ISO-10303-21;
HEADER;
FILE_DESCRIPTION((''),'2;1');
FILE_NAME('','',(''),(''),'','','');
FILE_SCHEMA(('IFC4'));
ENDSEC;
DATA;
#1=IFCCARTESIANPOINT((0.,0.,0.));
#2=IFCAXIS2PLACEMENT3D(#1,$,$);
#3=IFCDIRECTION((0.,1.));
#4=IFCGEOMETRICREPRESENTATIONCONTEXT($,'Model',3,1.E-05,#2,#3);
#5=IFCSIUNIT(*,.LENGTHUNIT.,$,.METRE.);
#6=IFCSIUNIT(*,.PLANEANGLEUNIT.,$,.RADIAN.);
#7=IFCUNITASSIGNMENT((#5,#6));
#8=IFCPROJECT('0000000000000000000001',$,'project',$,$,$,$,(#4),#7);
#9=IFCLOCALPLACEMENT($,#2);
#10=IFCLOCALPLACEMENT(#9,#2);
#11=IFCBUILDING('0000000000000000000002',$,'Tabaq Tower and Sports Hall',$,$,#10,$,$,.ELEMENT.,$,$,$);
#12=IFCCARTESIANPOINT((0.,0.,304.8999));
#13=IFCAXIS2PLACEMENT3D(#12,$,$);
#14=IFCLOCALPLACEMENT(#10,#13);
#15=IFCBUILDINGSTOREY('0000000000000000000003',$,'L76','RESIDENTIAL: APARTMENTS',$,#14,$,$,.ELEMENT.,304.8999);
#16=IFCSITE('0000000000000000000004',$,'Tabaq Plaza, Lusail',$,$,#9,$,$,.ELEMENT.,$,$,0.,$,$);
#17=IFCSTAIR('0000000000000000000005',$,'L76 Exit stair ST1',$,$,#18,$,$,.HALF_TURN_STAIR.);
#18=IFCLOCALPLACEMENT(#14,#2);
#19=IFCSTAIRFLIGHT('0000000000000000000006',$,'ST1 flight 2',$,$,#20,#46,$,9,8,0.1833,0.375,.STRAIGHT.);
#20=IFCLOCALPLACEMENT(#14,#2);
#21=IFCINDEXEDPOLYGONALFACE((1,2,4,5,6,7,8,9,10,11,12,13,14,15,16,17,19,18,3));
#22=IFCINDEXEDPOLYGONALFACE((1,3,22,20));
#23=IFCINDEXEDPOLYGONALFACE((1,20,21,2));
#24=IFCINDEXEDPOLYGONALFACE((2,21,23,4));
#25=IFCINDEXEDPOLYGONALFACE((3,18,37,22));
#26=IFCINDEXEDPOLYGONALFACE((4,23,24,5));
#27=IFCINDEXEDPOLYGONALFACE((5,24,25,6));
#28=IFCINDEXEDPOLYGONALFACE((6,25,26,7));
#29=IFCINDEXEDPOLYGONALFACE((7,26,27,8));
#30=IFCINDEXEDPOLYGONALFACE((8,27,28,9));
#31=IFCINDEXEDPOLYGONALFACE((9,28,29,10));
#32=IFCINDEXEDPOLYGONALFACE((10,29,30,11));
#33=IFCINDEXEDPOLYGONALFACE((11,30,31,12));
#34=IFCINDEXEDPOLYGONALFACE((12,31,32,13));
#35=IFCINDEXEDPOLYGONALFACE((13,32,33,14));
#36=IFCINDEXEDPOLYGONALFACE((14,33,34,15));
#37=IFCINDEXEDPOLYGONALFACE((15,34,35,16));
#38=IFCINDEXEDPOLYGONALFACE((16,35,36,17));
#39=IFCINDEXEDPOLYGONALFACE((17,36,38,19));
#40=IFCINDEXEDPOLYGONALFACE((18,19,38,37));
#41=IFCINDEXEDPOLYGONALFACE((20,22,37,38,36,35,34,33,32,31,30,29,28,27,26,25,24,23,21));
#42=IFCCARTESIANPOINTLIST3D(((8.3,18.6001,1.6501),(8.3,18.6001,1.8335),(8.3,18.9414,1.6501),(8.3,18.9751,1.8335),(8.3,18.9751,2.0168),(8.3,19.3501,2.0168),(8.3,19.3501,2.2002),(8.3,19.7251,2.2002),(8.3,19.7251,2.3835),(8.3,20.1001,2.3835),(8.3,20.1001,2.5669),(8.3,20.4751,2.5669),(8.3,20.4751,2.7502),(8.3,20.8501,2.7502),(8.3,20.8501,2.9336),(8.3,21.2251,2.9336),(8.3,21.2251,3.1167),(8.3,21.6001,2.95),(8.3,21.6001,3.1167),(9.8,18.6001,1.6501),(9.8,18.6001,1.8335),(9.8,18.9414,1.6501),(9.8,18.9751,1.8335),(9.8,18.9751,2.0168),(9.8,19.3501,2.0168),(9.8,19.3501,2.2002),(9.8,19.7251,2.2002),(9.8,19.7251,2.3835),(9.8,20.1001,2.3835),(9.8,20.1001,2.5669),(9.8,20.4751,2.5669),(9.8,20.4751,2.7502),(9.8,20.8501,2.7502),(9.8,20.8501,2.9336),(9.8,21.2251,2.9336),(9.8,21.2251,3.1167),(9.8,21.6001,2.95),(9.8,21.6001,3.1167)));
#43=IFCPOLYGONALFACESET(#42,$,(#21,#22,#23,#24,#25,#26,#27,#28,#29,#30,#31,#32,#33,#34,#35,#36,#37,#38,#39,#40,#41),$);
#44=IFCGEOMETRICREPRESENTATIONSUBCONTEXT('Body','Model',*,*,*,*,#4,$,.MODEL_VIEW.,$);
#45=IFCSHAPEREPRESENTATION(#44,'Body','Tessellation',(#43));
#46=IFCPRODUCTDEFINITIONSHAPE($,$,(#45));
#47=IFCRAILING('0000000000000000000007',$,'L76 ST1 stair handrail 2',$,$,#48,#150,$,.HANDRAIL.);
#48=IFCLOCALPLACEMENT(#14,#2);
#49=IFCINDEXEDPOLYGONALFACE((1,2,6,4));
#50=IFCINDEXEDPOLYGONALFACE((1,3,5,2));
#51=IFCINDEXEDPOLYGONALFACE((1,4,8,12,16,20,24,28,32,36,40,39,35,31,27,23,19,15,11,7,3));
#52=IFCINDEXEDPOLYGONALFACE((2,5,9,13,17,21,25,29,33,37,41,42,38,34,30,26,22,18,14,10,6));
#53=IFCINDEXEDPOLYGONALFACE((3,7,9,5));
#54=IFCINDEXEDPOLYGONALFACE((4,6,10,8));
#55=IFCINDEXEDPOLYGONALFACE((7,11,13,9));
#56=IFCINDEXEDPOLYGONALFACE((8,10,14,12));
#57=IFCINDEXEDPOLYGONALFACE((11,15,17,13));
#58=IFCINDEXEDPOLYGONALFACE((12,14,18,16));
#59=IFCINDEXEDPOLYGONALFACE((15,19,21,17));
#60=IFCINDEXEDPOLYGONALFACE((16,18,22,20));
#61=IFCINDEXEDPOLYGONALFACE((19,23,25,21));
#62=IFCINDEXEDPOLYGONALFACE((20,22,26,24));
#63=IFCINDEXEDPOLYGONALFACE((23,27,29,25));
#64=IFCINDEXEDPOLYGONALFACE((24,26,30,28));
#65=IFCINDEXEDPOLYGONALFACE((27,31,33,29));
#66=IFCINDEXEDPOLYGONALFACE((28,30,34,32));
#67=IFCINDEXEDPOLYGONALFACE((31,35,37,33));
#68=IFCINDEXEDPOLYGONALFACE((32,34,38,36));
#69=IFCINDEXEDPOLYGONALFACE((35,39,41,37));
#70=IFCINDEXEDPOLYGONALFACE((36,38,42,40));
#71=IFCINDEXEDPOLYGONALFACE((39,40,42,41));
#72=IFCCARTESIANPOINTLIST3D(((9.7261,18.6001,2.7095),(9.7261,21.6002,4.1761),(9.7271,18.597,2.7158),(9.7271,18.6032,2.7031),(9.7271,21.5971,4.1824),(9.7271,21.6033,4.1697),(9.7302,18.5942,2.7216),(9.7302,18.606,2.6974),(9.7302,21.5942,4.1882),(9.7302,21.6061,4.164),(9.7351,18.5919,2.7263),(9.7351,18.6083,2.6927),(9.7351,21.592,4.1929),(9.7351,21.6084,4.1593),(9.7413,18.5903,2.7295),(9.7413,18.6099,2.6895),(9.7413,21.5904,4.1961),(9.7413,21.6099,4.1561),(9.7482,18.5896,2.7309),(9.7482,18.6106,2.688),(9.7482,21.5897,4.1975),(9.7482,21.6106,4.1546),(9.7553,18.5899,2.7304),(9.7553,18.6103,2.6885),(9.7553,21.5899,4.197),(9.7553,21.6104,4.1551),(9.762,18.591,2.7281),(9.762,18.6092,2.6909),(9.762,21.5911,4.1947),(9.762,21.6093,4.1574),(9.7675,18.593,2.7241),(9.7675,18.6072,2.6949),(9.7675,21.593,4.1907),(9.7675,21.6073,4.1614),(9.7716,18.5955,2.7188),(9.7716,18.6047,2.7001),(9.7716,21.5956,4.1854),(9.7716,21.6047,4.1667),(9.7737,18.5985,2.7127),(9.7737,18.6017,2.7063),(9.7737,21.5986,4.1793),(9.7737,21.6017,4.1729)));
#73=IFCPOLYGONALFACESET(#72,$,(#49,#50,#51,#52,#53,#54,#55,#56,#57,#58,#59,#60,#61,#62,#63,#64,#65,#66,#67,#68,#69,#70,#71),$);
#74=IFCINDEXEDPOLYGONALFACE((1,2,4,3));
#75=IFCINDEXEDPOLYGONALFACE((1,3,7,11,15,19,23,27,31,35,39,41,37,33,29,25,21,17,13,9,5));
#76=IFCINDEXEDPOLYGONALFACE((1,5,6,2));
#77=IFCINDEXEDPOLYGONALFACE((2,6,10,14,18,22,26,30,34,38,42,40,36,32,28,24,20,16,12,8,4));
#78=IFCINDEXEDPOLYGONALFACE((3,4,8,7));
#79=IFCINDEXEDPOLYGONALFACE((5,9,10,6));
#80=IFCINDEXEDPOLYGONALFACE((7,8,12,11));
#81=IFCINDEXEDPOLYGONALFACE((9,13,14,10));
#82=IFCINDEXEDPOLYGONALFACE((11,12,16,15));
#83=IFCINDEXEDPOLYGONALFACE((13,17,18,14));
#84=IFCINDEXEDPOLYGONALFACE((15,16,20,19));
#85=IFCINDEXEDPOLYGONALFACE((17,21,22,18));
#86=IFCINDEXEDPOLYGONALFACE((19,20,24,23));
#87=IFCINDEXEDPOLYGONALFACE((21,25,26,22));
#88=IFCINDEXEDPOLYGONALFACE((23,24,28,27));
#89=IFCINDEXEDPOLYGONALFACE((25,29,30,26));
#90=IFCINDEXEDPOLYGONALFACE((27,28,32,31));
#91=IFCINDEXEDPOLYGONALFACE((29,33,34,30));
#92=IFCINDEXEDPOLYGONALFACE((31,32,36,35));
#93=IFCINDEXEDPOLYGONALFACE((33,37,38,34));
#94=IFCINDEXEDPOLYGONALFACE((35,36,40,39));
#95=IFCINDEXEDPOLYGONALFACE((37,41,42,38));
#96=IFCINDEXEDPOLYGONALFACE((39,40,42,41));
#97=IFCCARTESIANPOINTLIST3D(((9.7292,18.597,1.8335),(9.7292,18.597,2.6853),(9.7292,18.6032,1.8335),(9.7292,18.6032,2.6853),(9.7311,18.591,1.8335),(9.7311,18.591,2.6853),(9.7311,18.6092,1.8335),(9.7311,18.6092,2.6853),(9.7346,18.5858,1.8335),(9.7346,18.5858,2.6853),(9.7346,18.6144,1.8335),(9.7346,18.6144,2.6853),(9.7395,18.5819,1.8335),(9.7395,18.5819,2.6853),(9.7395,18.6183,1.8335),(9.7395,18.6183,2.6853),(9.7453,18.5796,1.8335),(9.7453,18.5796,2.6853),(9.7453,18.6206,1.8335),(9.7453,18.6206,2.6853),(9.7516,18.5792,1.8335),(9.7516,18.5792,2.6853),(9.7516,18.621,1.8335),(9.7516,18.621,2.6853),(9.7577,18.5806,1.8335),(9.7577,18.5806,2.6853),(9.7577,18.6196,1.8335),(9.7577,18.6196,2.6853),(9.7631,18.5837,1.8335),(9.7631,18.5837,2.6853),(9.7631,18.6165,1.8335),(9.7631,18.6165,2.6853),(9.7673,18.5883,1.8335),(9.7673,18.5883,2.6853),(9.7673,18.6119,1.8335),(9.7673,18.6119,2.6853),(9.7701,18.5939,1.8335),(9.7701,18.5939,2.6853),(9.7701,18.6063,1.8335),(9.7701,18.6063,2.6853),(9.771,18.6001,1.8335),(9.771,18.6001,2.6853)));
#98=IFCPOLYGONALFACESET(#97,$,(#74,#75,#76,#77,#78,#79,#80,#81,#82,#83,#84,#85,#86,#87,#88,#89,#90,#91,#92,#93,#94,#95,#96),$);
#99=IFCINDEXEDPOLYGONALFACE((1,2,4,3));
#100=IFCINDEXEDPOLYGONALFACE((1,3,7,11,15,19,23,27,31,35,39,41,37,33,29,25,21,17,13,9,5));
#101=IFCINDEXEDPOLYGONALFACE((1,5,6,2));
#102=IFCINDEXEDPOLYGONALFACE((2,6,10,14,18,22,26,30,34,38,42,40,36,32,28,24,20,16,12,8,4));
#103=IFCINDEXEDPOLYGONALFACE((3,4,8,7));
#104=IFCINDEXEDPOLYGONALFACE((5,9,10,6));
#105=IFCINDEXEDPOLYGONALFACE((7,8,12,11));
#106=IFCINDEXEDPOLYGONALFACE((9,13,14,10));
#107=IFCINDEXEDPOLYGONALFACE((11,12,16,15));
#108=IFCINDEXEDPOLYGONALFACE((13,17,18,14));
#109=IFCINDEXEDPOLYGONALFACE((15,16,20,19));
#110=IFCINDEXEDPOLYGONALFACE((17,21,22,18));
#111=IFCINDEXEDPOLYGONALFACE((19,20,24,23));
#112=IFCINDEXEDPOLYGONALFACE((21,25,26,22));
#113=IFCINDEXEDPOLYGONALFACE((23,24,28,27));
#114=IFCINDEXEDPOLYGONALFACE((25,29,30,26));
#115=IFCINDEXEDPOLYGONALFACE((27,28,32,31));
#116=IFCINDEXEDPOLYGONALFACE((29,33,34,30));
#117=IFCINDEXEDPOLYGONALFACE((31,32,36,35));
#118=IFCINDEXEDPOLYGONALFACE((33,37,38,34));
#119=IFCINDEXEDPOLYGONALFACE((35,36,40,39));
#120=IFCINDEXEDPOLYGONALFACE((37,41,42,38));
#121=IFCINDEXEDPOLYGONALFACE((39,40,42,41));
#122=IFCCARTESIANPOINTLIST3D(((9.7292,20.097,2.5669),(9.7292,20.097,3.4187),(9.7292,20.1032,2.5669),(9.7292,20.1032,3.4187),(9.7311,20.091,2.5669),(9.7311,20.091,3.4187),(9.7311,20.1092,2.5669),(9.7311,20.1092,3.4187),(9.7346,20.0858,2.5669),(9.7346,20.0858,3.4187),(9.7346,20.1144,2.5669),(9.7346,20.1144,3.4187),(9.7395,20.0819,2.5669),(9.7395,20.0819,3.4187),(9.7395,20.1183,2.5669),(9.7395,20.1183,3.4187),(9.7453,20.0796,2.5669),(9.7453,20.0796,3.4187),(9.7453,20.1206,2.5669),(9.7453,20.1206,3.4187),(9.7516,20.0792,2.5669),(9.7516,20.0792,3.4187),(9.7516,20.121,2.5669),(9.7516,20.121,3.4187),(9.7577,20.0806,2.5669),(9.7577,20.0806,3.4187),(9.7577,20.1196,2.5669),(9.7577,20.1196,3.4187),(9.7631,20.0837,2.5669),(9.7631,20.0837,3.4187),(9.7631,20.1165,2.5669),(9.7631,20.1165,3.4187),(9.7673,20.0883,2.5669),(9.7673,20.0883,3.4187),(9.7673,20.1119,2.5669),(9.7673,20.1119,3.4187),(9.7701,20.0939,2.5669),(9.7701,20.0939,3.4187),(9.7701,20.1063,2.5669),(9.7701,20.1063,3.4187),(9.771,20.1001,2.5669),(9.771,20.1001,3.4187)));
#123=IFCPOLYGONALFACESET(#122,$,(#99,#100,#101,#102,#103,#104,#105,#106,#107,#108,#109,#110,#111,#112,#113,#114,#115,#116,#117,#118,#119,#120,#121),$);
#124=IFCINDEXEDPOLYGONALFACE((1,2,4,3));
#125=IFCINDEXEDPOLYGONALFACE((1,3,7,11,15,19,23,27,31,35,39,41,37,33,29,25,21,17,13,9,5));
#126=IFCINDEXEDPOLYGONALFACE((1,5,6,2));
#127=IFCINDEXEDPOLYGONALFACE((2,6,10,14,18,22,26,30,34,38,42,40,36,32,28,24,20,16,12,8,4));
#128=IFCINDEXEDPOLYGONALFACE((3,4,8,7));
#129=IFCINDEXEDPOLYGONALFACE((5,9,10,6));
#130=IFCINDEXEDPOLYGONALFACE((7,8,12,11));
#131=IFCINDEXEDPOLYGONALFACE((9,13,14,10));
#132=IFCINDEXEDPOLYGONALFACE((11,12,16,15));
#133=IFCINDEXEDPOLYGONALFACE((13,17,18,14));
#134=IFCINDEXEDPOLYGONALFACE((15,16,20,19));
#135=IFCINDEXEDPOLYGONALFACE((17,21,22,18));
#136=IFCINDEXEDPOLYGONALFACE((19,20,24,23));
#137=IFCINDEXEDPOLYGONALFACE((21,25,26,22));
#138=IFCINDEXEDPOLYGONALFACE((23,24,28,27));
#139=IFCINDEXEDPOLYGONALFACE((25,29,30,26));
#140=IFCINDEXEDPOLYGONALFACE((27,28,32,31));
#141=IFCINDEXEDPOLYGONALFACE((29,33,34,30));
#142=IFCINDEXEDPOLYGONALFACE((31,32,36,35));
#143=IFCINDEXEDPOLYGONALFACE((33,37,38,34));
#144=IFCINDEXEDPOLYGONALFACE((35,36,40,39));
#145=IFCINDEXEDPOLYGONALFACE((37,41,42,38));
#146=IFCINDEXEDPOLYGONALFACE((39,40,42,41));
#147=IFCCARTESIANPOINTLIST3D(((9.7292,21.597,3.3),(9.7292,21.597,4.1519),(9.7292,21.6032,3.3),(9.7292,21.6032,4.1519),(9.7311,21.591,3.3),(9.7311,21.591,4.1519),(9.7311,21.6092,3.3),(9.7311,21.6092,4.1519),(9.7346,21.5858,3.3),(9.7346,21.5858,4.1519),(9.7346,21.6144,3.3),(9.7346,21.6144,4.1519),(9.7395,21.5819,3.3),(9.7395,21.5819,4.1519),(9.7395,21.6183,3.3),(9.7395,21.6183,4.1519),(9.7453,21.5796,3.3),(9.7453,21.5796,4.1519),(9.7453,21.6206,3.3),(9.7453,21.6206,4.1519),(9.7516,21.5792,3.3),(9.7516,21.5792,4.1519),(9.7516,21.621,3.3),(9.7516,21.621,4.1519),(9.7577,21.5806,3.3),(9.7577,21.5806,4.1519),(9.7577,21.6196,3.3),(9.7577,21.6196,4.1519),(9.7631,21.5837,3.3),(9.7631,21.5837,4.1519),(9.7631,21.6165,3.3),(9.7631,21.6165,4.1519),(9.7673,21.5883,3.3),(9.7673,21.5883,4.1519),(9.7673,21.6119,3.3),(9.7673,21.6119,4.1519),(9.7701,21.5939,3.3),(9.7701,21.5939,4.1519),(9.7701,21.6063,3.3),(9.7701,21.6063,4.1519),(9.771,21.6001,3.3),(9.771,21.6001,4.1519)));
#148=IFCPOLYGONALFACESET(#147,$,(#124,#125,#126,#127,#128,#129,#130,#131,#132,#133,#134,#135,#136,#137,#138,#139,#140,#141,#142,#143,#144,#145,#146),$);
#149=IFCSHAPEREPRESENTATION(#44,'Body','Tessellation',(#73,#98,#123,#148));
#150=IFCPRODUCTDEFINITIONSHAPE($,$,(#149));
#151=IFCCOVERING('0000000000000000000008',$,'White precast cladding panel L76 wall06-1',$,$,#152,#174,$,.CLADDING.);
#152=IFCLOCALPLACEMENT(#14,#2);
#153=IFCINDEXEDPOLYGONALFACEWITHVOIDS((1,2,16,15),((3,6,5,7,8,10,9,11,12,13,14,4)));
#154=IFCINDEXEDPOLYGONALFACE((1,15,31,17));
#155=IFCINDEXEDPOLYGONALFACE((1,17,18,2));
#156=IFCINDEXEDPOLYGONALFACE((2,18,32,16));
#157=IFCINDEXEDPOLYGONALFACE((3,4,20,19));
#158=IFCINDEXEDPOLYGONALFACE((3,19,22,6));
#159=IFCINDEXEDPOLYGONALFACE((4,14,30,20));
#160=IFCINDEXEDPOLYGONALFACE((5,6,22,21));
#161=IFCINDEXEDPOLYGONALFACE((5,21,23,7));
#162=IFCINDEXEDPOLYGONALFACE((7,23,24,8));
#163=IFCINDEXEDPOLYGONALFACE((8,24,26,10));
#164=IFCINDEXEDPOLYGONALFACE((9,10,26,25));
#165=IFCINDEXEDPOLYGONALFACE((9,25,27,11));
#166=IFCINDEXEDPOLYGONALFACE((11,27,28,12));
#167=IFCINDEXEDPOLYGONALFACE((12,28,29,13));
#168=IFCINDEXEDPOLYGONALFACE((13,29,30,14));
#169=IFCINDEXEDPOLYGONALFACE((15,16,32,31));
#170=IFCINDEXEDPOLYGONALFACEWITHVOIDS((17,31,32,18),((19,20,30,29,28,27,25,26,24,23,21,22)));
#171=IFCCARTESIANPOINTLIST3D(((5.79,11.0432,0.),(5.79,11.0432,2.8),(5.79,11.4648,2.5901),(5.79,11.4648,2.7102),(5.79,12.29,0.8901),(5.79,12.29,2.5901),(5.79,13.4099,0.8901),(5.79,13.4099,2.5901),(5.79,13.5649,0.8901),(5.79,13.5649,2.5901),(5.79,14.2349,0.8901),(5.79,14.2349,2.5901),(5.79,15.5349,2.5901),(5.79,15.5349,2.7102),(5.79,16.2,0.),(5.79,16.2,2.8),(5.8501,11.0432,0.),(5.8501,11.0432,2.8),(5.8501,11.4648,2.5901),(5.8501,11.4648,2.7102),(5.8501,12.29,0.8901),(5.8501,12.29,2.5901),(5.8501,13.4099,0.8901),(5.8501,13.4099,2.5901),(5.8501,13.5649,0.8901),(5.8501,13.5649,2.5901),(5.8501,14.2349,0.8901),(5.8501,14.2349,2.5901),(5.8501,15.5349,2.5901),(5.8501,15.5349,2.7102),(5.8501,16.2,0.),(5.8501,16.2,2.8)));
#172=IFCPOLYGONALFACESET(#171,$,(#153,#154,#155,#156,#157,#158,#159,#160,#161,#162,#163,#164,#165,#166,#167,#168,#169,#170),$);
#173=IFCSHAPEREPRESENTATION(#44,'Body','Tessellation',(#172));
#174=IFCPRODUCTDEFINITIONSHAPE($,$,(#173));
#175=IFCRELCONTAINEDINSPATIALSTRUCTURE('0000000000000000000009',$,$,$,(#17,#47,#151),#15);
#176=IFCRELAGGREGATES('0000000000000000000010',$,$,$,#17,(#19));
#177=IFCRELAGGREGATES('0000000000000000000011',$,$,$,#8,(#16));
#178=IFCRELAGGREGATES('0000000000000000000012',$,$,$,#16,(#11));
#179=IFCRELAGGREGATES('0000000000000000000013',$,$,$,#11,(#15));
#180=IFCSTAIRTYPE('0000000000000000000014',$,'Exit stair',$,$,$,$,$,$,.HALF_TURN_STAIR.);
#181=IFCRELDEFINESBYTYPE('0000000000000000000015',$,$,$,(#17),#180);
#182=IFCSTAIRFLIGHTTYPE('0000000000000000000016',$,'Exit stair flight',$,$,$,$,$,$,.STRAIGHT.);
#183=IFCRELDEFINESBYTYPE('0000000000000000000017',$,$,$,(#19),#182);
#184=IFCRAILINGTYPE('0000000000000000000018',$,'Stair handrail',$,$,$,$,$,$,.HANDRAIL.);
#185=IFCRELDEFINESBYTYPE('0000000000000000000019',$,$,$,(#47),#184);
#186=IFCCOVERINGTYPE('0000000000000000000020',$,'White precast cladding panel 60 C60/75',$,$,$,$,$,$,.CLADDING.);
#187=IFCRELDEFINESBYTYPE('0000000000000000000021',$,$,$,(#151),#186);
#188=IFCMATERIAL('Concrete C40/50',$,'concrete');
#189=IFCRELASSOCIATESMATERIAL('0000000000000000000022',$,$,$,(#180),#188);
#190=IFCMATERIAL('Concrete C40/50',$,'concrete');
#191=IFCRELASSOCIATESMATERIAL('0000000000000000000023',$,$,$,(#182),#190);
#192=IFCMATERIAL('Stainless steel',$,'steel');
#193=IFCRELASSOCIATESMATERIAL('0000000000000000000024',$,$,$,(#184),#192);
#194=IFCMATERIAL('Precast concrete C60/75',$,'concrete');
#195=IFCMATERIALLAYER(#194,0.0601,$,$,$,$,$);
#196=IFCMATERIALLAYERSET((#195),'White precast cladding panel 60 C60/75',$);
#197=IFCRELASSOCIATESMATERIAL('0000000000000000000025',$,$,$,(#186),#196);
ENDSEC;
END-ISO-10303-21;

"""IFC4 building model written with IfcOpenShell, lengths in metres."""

from ifc_helpers import new_model, si_unit, direction, frame, origin, origin_2d, place, context, subcontext, project, spatial, polyline, circle, outline, extrude, material, layer, layer_set, type_object, element, aggregate, save


model = new_model("IFC4")

# Units and contexts
model_context = context("Model", 3, precision=1e-05, world=origin(), true_north=direction((0.0, 1.0)))
body_context = subcontext(model_context, "Body", "Model", "MODEL_VIEW")
ifc_project = project(units=[si_unit("LENGTHUNIT", "METRE"), si_unit("PLANEANGLEUNIT", "RADIAN")], contexts=[model_context])

# Site, building, storey
site_placement = place(None, origin())
site = spatial("IfcSite", under=ifc_project, at=site_placement, Name="Tabaq Plaza, Lusail", CompositionType="ELEMENT", RefElevation=0.0)
building_placement = place(site_placement, origin())
building = spatial("IfcBuilding", under=site, at=building_placement, Name="Tabaq Tower and Sports Hall", CompositionType="ELEMENT")
storey_placement = place(building_placement, frame((0.0, 0.0, 304.8999)))
storey = spatial("IfcBuildingStorey", under=building, at=storey_placement, Name="L76", Description="RESIDENTIAL: APARTMENTS", CompositionType="ELEMENT", Elevation=304.8999)

# Stair, stair flight
ifc_material_1 = material(Name="Concrete C40/50", Category="concrete")
stair_type = type_object("IfcStairType", Name="Exit stair", PredefinedType="HALF_TURN_STAIR", material=ifc_material_1)
stair_placement = place(storey_placement, origin())
stair = element("IfcStair", 1, at=stair_placement, inside=storey, type_object=stair_type, Name="L76 Exit stair ST1", PredefinedType="HALF_TURN_STAIR")
ifc_material_2 = material(Name="Concrete C40/50", Category="concrete")
stair_flight_type = type_object("IfcStairFlightType", Name="Exit stair flight", PredefinedType="STRAIGHT", material=ifc_material_2)
stair_flight_placement = place(storey_placement, frame((9.05, 18.6001, 1.6501), z_axis=(0.0, 0.0, 1.0), x_axis=(0.0, 1.0, 0.0)))
stair_flight = element("IfcStairFlight", 2, at=stair_flight_placement, type_object=stair_flight_type, Name="ST1 flight 2", NumberOfRisers=9, NumberOfTreads=8, PredefinedType="STRAIGHT", RiserHeight=0.1833, TreadLength=0.375, context=body_context, shape_type="SweptSolid", body=[
    extrude(outline(polyline([(0.0, 0.0), (0.0, 0.1833), (0.375, 0.1833), (0.375, 0.3667), (0.75, 0.3667), (0.75, 0.55), (1.125, 0.55), (1.125, 0.7334), (1.5, 0.7334), (1.5, 0.9167), (1.875, 0.9167), (1.875, 1.1001), (2.25, 1.1001), (2.25, 1.2834), (2.625, 1.2834), (2.625, 1.4666), (3.0, 1.4666), (3.0, 1.6499), (3.0, 1.2998), (0.3413, 0.0), (0.0, 0.0)])), frame((0.0, 0.75, 0.0), z_axis=(0.0, -1.0, 0.0), x_axis=(1.0, 0.0, 0.0)), (0.0, 0.0, 1.0), 1.5),
])
aggregate(stair, [stair_flight])

# Railing
ifc_material_3 = material(Name="Stainless steel", Category="steel")
railing_type = type_object("IfcRailingType", Name="Stair handrail", PredefinedType="HANDRAIL", material=ifc_material_3)
railing_placement = place(storey_placement, frame((9.75, 18.6001, 1.8335)))
element("IfcRailing", 3, at=railing_placement, inside=storey, type_object=railing_type, Name="L76 ST1 stair handrail 2", PredefinedType="HANDRAIL", context=body_context, shape_type="SweptSolid", body=[
    extrude(circle(Radius=0.0239, at=origin_2d()), frame((0.0, 0.0, 0.876), z_axis=(0.0, 0.898398, 0.439183), x_axis=(-1.0, 0.0, 0.0)), (0.0, 0.0, 1.0), 3.3394),
    extrude(circle(Radius=0.021, at=origin_2d()), origin(), (0.0, 0.0, 1.0), 0.8518),
    extrude(circle(Radius=0.021, at=origin_2d()), frame((0.0, 1.5, 0.7334)), (0.0, 0.0, 1.0), 0.8518),
    extrude(circle(Radius=0.021, at=origin_2d()), frame((0.0, 3.0, 1.4666)), (0.0, 0.0, 1.0), 0.8518),
])

# Covering
ifc_material_4 = material(Name="Precast concrete C60/75", Category="concrete")
ifc_layer_1 = layer(ifc_material_4, 0.0601)
ifc_layer_set_1 = layer_set([ifc_layer_1], Name="White precast cladding panel 60 C60/75")
covering_type = type_object("IfcCoveringType", Name="White precast cladding panel 60 C60/75", PredefinedType="CLADDING", material=ifc_layer_set_1)
covering_placement = place(storey_placement, frame((5.8201, 16.2, 0.0), z_axis=(0.0, 0.0, 1.0), x_axis=(0.0, -1.0, 0.0)))
element("IfcCovering", 4, at=covering_placement, inside=storey, type_object=covering_type, Name="White precast cladding panel L76 wall06-1", PredefinedType="CLADDING", context=body_context, shape_type="SweptSolid", body=[
    extrude(outline(polyline([(0.0, 0.0), (5.1567, 0.0), (5.1567, 2.8), (0.0, 2.8), (0.0, 0.0)]), holes=[polyline([(1.9651, 2.5901), (0.665, 2.5901), (0.665, 2.7102), (4.7351, 2.7102), (4.7351, 2.5901), (3.9099, 2.5901), (3.9099, 0.8901), (2.79, 0.8901), (2.79, 2.5901), (2.635, 2.5901), (2.635, 0.8901), (1.9651, 0.8901), (1.9651, 2.5901)])]), frame((0.0, 0.03, 0.0), z_axis=(0.0, -1.0, 0.0), x_axis=(1.0, 0.0, 0.0)), (0.0, 0.0, 1.0), 0.0601),
])

save(model, "model.ifc")
